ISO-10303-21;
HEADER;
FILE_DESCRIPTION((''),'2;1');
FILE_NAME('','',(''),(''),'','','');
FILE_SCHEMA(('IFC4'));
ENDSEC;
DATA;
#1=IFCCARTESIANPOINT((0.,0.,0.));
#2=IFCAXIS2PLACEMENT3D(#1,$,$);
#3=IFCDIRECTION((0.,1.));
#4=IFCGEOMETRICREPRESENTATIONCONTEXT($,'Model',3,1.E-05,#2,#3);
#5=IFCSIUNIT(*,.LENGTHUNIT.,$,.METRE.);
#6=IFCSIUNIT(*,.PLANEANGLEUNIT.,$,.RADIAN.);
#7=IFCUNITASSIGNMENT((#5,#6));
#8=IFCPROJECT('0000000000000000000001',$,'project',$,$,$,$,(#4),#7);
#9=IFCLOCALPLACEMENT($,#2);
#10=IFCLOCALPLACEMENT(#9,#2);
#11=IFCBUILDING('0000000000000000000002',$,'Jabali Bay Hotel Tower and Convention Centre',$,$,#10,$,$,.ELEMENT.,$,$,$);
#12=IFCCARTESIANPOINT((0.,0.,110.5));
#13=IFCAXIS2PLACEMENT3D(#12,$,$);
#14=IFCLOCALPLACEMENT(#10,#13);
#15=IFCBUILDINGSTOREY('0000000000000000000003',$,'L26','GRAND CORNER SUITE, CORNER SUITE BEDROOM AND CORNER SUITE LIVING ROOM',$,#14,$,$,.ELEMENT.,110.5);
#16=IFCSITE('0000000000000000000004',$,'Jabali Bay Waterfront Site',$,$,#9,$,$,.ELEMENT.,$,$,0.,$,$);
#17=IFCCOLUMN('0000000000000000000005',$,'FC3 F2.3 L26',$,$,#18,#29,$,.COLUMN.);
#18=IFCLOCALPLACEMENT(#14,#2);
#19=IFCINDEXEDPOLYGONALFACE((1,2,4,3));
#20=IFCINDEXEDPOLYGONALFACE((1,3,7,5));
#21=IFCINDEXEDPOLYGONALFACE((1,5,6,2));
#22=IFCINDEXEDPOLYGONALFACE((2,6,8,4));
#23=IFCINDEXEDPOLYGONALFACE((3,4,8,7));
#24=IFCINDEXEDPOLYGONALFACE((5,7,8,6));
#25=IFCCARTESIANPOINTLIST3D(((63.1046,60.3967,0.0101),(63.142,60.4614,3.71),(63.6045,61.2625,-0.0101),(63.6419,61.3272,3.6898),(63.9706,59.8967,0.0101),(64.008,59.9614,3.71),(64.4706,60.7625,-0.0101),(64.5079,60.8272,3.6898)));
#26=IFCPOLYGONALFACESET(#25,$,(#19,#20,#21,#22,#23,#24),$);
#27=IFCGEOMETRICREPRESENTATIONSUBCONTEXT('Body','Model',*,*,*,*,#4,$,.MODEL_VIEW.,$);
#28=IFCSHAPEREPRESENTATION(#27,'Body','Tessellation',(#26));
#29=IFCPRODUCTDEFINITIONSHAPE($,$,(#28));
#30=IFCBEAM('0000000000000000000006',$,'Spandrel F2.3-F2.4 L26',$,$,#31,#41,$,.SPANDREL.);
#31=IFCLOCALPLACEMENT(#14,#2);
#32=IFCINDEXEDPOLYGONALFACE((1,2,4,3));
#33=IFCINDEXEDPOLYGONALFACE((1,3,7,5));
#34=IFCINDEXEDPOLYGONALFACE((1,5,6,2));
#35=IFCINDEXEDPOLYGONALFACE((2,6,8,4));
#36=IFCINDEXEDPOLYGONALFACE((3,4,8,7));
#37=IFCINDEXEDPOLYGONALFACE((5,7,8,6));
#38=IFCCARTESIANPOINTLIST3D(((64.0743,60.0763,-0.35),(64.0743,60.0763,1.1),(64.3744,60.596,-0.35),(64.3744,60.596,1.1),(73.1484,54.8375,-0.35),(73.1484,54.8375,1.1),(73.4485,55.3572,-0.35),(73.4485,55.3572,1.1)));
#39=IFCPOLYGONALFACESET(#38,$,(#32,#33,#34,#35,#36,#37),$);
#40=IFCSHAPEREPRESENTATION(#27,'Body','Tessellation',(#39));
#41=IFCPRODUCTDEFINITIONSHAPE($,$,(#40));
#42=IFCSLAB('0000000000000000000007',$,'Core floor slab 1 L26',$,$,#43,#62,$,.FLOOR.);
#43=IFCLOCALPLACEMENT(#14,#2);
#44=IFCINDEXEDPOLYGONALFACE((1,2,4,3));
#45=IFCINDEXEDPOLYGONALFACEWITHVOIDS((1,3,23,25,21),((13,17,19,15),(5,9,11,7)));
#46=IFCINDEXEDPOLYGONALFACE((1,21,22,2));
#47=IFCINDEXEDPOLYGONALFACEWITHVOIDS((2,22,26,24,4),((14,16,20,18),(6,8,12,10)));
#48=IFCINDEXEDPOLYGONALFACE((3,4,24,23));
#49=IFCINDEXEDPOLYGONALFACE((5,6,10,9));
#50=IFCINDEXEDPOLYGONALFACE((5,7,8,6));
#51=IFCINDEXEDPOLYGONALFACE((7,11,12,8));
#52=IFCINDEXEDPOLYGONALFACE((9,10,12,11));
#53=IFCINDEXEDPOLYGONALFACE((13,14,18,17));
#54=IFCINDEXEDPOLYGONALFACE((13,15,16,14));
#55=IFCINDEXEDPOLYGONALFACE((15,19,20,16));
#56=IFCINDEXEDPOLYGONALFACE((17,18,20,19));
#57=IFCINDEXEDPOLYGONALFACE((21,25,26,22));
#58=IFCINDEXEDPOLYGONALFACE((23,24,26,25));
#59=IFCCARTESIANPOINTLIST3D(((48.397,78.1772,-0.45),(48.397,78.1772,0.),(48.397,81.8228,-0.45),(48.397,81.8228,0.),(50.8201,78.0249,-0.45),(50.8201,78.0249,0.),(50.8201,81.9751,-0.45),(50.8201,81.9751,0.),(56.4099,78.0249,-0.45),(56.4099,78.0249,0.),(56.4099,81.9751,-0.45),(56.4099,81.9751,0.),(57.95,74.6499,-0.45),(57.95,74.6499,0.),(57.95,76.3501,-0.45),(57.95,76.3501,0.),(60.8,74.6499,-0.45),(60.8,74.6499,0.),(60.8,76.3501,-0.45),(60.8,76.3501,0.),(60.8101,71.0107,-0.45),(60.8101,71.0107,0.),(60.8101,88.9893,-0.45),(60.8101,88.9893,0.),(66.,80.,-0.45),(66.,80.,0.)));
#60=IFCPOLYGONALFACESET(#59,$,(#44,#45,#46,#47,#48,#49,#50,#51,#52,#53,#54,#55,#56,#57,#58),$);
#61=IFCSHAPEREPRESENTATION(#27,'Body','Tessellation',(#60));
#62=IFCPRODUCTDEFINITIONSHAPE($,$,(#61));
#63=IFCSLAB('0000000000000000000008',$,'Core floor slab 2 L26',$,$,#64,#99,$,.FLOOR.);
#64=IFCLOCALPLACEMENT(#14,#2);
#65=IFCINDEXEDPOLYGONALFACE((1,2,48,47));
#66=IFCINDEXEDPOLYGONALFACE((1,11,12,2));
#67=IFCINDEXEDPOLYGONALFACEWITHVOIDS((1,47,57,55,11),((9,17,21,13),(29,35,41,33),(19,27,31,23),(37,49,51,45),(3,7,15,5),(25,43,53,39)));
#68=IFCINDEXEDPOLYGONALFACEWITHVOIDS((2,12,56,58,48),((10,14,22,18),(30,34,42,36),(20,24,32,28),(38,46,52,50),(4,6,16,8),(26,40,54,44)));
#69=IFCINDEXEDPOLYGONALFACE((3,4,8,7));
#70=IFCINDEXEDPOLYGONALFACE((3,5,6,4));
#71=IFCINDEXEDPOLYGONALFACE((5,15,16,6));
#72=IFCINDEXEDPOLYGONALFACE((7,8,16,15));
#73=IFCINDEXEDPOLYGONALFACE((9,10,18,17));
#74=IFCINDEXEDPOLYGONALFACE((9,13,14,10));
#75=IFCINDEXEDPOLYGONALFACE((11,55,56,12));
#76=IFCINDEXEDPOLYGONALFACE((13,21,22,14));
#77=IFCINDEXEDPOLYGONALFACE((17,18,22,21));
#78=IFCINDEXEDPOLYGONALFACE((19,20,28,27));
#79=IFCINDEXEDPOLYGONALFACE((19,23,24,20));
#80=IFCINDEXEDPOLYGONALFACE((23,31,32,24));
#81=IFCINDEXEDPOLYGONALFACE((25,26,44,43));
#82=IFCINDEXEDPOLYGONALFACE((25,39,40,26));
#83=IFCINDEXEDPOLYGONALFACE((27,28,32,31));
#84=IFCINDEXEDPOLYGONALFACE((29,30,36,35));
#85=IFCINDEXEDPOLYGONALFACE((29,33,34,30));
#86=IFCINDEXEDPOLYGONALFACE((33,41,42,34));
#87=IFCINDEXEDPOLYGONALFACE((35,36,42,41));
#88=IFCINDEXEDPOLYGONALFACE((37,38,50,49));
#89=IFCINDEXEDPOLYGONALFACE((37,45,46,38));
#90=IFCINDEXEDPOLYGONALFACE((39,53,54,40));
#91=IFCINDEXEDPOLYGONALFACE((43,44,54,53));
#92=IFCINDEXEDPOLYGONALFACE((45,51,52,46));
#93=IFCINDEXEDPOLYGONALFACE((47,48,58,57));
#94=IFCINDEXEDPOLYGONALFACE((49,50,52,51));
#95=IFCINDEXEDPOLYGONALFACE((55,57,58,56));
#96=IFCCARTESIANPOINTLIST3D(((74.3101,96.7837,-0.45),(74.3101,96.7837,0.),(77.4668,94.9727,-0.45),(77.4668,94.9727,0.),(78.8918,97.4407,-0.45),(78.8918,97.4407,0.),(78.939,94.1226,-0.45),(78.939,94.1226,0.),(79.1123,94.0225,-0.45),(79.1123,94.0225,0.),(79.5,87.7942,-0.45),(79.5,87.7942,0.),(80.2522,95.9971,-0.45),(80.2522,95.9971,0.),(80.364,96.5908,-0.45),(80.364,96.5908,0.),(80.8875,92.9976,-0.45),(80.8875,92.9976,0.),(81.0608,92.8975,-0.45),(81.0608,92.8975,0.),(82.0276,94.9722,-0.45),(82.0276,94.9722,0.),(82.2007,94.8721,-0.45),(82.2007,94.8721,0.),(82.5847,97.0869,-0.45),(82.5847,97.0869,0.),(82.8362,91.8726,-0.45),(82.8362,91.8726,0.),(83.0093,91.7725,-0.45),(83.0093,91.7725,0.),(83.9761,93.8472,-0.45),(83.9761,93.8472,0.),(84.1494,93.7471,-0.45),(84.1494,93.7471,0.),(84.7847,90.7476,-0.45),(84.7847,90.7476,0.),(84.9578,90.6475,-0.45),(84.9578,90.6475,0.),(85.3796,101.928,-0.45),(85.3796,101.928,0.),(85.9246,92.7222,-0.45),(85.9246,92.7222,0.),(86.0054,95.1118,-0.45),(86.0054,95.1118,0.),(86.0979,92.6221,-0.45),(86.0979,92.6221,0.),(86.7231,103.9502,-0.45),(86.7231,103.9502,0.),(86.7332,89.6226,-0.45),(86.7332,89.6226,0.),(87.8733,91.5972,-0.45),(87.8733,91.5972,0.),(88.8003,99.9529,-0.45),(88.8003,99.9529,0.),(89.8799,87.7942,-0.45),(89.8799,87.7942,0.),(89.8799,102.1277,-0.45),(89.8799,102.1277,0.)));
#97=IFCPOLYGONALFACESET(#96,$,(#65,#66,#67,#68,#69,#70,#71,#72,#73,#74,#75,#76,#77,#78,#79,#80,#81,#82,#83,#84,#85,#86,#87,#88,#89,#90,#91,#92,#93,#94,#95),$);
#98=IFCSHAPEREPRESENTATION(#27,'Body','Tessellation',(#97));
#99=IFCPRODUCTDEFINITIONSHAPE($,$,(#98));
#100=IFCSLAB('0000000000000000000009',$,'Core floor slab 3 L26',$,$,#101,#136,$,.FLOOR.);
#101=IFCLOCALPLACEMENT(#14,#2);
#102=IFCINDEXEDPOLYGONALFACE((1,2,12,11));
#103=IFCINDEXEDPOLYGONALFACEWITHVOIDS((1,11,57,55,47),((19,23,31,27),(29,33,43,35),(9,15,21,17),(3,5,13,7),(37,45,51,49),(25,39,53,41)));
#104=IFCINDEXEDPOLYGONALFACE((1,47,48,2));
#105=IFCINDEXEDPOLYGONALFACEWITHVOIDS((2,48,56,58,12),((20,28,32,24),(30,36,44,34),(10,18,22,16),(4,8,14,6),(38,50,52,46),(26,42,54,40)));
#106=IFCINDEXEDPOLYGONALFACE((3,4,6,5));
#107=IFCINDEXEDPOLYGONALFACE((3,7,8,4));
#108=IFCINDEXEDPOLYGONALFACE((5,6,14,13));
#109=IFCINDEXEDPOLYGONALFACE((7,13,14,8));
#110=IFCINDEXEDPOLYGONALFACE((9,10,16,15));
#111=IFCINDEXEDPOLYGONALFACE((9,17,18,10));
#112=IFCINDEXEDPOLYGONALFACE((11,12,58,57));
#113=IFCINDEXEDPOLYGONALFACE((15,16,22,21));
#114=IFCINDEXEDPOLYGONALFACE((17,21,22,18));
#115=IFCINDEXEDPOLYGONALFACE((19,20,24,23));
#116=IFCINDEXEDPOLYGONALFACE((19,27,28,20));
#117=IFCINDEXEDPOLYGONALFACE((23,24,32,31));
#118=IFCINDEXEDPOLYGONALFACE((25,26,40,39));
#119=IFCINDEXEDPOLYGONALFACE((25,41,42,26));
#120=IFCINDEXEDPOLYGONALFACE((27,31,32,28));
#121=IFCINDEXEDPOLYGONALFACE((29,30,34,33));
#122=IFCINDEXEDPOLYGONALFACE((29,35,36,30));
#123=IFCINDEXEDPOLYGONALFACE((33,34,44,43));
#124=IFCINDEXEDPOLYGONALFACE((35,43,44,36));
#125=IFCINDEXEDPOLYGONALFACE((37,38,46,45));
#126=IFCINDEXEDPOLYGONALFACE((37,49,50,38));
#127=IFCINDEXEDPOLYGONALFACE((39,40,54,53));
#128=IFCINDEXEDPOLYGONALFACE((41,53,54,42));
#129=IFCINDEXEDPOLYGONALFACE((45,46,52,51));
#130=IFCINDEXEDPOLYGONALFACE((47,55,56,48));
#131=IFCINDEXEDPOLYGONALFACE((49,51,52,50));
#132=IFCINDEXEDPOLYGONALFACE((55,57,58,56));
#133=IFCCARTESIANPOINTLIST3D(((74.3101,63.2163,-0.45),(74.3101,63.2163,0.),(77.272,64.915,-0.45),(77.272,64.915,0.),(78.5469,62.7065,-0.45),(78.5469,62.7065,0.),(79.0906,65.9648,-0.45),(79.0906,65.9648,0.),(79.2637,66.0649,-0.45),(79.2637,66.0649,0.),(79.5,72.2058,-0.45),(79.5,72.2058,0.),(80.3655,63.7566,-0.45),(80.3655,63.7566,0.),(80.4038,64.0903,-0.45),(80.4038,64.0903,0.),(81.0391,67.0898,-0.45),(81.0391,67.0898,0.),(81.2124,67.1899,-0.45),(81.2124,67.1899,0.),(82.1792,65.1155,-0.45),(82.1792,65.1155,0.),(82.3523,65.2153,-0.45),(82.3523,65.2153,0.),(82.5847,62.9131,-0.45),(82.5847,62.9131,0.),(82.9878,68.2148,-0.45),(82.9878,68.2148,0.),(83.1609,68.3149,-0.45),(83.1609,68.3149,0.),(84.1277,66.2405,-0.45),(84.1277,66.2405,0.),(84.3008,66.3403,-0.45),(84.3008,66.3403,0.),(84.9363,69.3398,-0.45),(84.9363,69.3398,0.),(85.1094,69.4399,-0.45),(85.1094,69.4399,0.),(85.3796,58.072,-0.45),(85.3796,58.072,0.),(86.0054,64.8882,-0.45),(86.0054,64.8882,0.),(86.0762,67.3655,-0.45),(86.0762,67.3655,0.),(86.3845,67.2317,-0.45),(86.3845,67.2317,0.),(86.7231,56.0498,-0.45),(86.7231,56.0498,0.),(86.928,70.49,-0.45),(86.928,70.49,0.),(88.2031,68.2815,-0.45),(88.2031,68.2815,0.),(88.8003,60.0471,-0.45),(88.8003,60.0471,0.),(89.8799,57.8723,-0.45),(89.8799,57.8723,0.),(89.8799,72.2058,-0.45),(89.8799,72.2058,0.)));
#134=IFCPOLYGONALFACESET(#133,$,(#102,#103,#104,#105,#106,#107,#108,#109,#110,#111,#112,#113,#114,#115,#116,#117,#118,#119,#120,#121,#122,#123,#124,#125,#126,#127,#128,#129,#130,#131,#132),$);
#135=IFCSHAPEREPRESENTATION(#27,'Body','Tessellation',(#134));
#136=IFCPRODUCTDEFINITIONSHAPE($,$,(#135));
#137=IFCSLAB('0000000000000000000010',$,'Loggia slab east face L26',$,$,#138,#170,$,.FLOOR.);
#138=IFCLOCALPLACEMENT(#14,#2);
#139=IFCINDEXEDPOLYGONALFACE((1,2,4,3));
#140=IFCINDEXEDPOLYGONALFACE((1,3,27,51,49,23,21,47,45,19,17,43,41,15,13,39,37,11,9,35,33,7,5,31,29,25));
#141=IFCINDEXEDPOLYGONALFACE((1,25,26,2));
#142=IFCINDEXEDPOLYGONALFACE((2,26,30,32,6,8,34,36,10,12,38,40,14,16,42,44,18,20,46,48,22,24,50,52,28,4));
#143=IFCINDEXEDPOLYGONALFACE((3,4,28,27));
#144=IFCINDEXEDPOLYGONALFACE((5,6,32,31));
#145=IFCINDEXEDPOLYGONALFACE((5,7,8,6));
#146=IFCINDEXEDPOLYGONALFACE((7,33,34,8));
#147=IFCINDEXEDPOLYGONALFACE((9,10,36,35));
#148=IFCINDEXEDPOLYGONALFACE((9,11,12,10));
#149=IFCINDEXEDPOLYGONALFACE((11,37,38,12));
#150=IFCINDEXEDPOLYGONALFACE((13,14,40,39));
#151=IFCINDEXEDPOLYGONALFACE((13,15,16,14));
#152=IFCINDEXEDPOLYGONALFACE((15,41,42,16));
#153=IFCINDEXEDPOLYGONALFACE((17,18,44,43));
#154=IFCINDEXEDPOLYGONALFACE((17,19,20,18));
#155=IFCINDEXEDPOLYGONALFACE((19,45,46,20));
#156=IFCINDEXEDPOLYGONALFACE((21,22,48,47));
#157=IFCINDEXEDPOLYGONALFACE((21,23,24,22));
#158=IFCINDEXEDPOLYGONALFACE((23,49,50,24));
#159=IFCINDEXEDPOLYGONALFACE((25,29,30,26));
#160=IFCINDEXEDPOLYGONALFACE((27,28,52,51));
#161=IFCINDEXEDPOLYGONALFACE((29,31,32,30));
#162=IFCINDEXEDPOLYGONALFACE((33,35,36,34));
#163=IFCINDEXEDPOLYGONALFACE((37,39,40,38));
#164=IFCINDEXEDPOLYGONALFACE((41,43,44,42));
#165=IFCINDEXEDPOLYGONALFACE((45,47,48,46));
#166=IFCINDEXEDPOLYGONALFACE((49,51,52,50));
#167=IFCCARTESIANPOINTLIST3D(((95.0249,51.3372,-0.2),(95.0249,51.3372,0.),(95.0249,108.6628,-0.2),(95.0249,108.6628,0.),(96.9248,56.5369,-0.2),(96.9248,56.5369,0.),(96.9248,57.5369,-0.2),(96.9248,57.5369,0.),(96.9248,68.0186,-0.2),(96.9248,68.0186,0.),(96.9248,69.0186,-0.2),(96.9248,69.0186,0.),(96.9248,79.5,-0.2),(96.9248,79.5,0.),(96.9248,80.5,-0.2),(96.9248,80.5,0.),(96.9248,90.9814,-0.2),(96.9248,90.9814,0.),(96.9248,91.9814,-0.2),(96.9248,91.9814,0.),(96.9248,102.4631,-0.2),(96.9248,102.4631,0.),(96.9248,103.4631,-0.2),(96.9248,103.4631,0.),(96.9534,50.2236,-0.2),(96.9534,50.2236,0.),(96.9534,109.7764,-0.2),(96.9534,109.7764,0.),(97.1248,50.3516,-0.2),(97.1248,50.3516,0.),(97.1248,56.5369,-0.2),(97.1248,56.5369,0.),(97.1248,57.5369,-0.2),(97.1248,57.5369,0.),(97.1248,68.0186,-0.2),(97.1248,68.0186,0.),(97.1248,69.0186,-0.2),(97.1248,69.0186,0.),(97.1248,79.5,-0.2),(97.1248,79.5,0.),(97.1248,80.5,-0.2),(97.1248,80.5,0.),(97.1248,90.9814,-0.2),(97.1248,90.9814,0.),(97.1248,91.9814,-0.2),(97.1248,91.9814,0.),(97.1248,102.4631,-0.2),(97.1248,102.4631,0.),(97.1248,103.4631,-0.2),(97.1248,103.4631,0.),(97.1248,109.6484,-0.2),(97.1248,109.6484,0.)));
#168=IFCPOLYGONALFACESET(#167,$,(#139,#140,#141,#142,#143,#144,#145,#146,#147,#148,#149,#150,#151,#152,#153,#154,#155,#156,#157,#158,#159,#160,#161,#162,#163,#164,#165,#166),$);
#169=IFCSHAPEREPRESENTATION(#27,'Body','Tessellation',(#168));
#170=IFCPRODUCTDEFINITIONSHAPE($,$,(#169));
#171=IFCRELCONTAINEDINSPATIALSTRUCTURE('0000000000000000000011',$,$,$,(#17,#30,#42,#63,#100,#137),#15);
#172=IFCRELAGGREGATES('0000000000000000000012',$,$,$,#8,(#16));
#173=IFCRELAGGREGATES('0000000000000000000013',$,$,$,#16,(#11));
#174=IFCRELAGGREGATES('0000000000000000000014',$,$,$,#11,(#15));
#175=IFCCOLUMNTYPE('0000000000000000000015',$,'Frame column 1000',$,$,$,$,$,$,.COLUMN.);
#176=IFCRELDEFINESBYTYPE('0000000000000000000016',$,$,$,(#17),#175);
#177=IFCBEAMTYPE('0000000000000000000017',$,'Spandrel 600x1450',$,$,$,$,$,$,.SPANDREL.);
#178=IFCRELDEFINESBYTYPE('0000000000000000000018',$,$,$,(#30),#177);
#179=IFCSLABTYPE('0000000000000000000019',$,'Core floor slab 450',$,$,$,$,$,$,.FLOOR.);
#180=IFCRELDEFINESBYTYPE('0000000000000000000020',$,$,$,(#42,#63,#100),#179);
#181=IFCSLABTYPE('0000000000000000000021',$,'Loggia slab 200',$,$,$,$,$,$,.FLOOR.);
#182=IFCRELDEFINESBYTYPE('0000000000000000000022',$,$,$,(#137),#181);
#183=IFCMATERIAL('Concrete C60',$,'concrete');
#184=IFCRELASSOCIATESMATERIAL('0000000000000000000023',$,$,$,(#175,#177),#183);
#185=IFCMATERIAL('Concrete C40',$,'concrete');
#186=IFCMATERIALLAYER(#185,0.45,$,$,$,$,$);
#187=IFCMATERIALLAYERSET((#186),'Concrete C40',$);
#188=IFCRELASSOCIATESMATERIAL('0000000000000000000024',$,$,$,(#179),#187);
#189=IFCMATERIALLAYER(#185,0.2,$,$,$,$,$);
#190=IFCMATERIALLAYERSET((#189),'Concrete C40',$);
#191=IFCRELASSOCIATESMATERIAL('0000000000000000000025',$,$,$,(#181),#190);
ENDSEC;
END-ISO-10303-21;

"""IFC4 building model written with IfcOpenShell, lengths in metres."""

from ifc_helpers import new_model, si_unit, direction, frame, origin, origin_2d, place, context, subcontext, project, spatial, polyline, rectangle, outline, extrude, material, layer, layer_set, material_profile, profile_set, type_object, element, save


model = new_model("IFC4")

# Units and contexts
model_context = context("Model", 3, precision=1e-05, world=origin(), true_north=direction((0.0, 1.0)))
body_context = subcontext(model_context, "Body", "Model", "MODEL_VIEW")
ifc_project = project(units=[si_unit("LENGTHUNIT", "METRE"), si_unit("PLANEANGLEUNIT", "RADIAN")], contexts=[model_context])

# Site, building, storey
site_placement = place(None, origin())
site = spatial("IfcSite", under=ifc_project, at=site_placement, Name="Jabali Bay Waterfront Site", CompositionType="ELEMENT", RefElevation=0.0)
building_placement = place(site_placement, origin())
building = spatial("IfcBuilding", under=site, at=building_placement, Name="Jabali Bay Hotel Tower and Convention Centre", CompositionType="ELEMENT")
storey_placement = place(building_placement, frame((0.0, 0.0, 110.5)))
storey = spatial("IfcBuildingStorey", under=building, at=storey_placement, Name="L26", Description="GRAND CORNER SUITE, CORNER SUITE BEDROOM AND CORNER SUITE LIVING ROOM", CompositionType="ELEMENT", Elevation=110.5)

# Column
ifc_material_1 = material(Name="Concrete C60", Category="concrete")
ifc_material_profile_1 = material_profile(ifc_material_1, rectangle(XDim=1.0, YDim=1.0, at=origin_2d()), Name="Frame column 1000")
ifc_profile_set_1 = profile_set([ifc_material_profile_1], Name="Concrete C60")
column_type = type_object("IfcColumnType", Name="Frame column 1000", PredefinedType="COLUMN", material=ifc_profile_set_1)
column_placement = place(storey_placement, frame((63.7876, 60.5796, 0.0), z_axis=(0.010094, 0.017482, 0.999796), x_axis=(-0.499913, -0.86584, 0.020187)))
element("IfcColumn", 1, at=column_placement, inside=storey, type_object=column_type, Name="FC3 F2.3 L26", PredefinedType="COLUMN", context=body_context, shape_type="SweptSolid", body=[
    extrude(rectangle(XDim=1.0, YDim=1.0, at=origin_2d()), origin(), (0.0, 0.0, 1.0), 3.7007),
])

# Beam
ifc_material_profile_2 = material_profile(ifc_material_1, rectangle(XDim=0.6001, YDim=1.45, at=origin_2d()), Name="Spandrel 600x1450")
ifc_profile_set_2 = profile_set([ifc_material_profile_2], Name="Concrete C60")
beam_type = type_object("IfcBeamType", Name="Spandrel 600x1450", PredefinedType="SPANDREL", material=ifc_profile_set_2)
beam_placement = place(storey_placement, frame((64.2244, 60.3362, 0.375), z_axis=(0.866029, -0.499993, 0.0), x_axis=(0.499993, 0.866029, 0.0)))
element("IfcBeam", 2, at=beam_placement, inside=storey, type_object=beam_type, Name="Spandrel F2.3-F2.4 L26", PredefinedType="SPANDREL", context=body_context, shape_type="SweptSolid", body=[
    extrude(rectangle(XDim=0.6001, YDim=1.45, at=origin_2d()), origin(), (0.0, 0.0, 1.0), 10.4778),
])

# Slabs
ifc_material_2 = material(Name="Concrete C40", Category="concrete")
ifc_layer_1 = layer(ifc_material_2, 0.45)
ifc_layer_set_1 = layer_set([ifc_layer_1], Name="Concrete C40")
slab_type_1 = type_object("IfcSlabType", Name="Core floor slab 450", PredefinedType="FLOOR", material=ifc_layer_set_1)
slab_1_placement = place(storey_placement, frame((0.0, 0.0, -0.45)))
element("IfcSlab", 3, at=slab_1_placement, inside=storey, type_object=slab_type_1, Name="Core floor slab 1 L26", PredefinedType="FLOOR", context=body_context, shape_type="SweptSolid", body=[
    extrude(outline(polyline([(66.0, 80.0), (60.8101, 88.9893), (48.397, 81.8228), (48.397, 78.1772), (60.8101, 71.0107), (66.0, 80.0)]), holes=[polyline([(60.8, 76.3501), (57.95, 76.3501), (57.95, 74.6499), (60.8, 74.6499), (60.8, 76.3501)]), polyline([(50.8201, 81.9751), (50.8201, 78.0249), (56.4099, 78.0249), (56.4099, 81.9751), (50.8201, 81.9751)])]), origin(), (0.0, 0.0, 1.0), 0.45),
])
slab_2_placement = place(storey_placement, frame((0.0, 0.0, -0.45)))
element("IfcSlab", 4, at=slab_2_placement, inside=storey, type_object=slab_type_1, Name="Core floor slab 2 L26", PredefinedType="FLOOR", context=body_context, shape_type="SweptSolid", body=[
    extrude(outline(polyline([(79.5, 87.7942), (89.8799, 87.7942), (89.8799, 102.1277), (86.7231, 103.9502), (74.3101, 96.7837), (79.5, 87.7942)]), holes=[polyline([(84.9578, 90.6475), (86.7332, 89.6226), (87.8733, 91.5972), (86.0979, 92.6221), (84.9578, 90.6475)]), polyline([(84.1494, 93.7471), (83.0093, 91.7725), (84.7847, 90.7476), (85.9246, 92.7222), (84.1494, 93.7471)]), polyline([(82.2007, 94.8721), (81.0608, 92.8975), (82.8362, 91.8726), (83.9761, 93.8472), (82.2007, 94.8721)]), polyline([(79.1123, 94.0225), (80.8875, 92.9976), (82.0276, 94.9722), (80.2522, 95.9971), (79.1123, 94.0225)]), polyline([(78.8918, 97.4407), (77.4668, 94.9727), (78.939, 94.1226), (80.364, 96.5908), (78.8918, 97.4407)]), polyline([(82.5847, 97.0869), (86.0054, 95.1118), (88.8003, 99.9529), (85.3796, 101.928), (82.5847, 97.0869)])]), origin(), (0.0, 0.0, 1.0), 0.45),
])
slab_3_placement = place(storey_placement, frame((0.0, 0.0, -0.45)))
element("IfcSlab", 5, at=slab_3_placement, inside=storey, type_object=slab_type_1, Name="Core floor slab 3 L26", PredefinedType="FLOOR", context=body_context, shape_type="SweptSolid", body=[
    extrude(outline(polyline([(79.5, 72.2058), (74.3101, 63.2163), (86.7231, 56.0498), (89.8799, 57.8723), (89.8799, 72.2058), (79.5, 72.2058)]), holes=[polyline([(82.5847, 62.9131), (85.3796, 58.072), (88.8003, 60.0471), (86.0054, 64.8882), (82.5847, 62.9131)]), polyline([(80.3655, 63.7566), (79.0906, 65.9648), (77.272, 64.915), (78.5469, 62.7065), (80.3655, 63.7566)]), polyline([(82.1792, 65.1155), (81.0391, 67.0898), (79.2637, 66.0649), (80.4038, 64.0903), (82.1792, 65.1155)]), polyline([(82.9878, 68.2148), (81.2124, 67.1899), (82.3523, 65.2153), (84.1277, 66.2405), (82.9878, 68.2148)]), polyline([(86.0762, 67.3655), (84.9363, 69.3398), (83.1609, 68.3149), (84.3008, 66.3403), (86.0762, 67.3655)]), polyline([(88.2031, 68.2815), (86.928, 70.49), (85.1094, 69.4399), (86.3845, 67.2317), (88.2031, 68.2815)])]), origin(), (0.0, 0.0, 1.0), 0.45),
])
ifc_layer_2 = layer(ifc_material_2, 0.2)
ifc_layer_set_2 = layer_set([ifc_layer_2], Name="Concrete C40")
slab_type_2 = type_object("IfcSlabType", Name="Loggia slab 200", PredefinedType="FLOOR", material=ifc_layer_set_2)
slab_4_placement = place(storey_placement, frame((0.0, 0.0, -0.2)))
element("IfcSlab", 6, at=slab_4_placement, inside=storey, type_object=slab_type_2, Name="Loggia slab east face L26", PredefinedType="FLOOR", context=body_context, shape_type="SweptSolid", body=[
    extrude(outline(polyline([(95.0249, 108.6628), (96.9534, 109.7764), (97.1248, 109.6484), (97.1248, 103.4631), (96.9248, 103.4631), (96.9248, 102.4631), (97.1248, 102.4631), (97.1248, 91.9814), (96.9248, 91.9814), (96.9248, 90.9814), (97.1248, 90.9814), (97.1248, 80.5), (96.9248, 80.5), (96.9248, 79.5), (97.1248, 79.5), (97.1248, 69.0186), (96.9248, 69.0186), (96.9248, 68.0186), (97.1248, 68.0186), (97.1248, 57.5369), (96.9248, 57.5369), (96.9248, 56.5369), (97.1248, 56.5369), (97.1248, 50.3516), (96.9534, 50.2236), (95.0249, 51.3372), (95.0249, 108.6628)])), origin(), (0.0, 0.0, 1.0), 0.2),
])

save(model, "model.ifc")
